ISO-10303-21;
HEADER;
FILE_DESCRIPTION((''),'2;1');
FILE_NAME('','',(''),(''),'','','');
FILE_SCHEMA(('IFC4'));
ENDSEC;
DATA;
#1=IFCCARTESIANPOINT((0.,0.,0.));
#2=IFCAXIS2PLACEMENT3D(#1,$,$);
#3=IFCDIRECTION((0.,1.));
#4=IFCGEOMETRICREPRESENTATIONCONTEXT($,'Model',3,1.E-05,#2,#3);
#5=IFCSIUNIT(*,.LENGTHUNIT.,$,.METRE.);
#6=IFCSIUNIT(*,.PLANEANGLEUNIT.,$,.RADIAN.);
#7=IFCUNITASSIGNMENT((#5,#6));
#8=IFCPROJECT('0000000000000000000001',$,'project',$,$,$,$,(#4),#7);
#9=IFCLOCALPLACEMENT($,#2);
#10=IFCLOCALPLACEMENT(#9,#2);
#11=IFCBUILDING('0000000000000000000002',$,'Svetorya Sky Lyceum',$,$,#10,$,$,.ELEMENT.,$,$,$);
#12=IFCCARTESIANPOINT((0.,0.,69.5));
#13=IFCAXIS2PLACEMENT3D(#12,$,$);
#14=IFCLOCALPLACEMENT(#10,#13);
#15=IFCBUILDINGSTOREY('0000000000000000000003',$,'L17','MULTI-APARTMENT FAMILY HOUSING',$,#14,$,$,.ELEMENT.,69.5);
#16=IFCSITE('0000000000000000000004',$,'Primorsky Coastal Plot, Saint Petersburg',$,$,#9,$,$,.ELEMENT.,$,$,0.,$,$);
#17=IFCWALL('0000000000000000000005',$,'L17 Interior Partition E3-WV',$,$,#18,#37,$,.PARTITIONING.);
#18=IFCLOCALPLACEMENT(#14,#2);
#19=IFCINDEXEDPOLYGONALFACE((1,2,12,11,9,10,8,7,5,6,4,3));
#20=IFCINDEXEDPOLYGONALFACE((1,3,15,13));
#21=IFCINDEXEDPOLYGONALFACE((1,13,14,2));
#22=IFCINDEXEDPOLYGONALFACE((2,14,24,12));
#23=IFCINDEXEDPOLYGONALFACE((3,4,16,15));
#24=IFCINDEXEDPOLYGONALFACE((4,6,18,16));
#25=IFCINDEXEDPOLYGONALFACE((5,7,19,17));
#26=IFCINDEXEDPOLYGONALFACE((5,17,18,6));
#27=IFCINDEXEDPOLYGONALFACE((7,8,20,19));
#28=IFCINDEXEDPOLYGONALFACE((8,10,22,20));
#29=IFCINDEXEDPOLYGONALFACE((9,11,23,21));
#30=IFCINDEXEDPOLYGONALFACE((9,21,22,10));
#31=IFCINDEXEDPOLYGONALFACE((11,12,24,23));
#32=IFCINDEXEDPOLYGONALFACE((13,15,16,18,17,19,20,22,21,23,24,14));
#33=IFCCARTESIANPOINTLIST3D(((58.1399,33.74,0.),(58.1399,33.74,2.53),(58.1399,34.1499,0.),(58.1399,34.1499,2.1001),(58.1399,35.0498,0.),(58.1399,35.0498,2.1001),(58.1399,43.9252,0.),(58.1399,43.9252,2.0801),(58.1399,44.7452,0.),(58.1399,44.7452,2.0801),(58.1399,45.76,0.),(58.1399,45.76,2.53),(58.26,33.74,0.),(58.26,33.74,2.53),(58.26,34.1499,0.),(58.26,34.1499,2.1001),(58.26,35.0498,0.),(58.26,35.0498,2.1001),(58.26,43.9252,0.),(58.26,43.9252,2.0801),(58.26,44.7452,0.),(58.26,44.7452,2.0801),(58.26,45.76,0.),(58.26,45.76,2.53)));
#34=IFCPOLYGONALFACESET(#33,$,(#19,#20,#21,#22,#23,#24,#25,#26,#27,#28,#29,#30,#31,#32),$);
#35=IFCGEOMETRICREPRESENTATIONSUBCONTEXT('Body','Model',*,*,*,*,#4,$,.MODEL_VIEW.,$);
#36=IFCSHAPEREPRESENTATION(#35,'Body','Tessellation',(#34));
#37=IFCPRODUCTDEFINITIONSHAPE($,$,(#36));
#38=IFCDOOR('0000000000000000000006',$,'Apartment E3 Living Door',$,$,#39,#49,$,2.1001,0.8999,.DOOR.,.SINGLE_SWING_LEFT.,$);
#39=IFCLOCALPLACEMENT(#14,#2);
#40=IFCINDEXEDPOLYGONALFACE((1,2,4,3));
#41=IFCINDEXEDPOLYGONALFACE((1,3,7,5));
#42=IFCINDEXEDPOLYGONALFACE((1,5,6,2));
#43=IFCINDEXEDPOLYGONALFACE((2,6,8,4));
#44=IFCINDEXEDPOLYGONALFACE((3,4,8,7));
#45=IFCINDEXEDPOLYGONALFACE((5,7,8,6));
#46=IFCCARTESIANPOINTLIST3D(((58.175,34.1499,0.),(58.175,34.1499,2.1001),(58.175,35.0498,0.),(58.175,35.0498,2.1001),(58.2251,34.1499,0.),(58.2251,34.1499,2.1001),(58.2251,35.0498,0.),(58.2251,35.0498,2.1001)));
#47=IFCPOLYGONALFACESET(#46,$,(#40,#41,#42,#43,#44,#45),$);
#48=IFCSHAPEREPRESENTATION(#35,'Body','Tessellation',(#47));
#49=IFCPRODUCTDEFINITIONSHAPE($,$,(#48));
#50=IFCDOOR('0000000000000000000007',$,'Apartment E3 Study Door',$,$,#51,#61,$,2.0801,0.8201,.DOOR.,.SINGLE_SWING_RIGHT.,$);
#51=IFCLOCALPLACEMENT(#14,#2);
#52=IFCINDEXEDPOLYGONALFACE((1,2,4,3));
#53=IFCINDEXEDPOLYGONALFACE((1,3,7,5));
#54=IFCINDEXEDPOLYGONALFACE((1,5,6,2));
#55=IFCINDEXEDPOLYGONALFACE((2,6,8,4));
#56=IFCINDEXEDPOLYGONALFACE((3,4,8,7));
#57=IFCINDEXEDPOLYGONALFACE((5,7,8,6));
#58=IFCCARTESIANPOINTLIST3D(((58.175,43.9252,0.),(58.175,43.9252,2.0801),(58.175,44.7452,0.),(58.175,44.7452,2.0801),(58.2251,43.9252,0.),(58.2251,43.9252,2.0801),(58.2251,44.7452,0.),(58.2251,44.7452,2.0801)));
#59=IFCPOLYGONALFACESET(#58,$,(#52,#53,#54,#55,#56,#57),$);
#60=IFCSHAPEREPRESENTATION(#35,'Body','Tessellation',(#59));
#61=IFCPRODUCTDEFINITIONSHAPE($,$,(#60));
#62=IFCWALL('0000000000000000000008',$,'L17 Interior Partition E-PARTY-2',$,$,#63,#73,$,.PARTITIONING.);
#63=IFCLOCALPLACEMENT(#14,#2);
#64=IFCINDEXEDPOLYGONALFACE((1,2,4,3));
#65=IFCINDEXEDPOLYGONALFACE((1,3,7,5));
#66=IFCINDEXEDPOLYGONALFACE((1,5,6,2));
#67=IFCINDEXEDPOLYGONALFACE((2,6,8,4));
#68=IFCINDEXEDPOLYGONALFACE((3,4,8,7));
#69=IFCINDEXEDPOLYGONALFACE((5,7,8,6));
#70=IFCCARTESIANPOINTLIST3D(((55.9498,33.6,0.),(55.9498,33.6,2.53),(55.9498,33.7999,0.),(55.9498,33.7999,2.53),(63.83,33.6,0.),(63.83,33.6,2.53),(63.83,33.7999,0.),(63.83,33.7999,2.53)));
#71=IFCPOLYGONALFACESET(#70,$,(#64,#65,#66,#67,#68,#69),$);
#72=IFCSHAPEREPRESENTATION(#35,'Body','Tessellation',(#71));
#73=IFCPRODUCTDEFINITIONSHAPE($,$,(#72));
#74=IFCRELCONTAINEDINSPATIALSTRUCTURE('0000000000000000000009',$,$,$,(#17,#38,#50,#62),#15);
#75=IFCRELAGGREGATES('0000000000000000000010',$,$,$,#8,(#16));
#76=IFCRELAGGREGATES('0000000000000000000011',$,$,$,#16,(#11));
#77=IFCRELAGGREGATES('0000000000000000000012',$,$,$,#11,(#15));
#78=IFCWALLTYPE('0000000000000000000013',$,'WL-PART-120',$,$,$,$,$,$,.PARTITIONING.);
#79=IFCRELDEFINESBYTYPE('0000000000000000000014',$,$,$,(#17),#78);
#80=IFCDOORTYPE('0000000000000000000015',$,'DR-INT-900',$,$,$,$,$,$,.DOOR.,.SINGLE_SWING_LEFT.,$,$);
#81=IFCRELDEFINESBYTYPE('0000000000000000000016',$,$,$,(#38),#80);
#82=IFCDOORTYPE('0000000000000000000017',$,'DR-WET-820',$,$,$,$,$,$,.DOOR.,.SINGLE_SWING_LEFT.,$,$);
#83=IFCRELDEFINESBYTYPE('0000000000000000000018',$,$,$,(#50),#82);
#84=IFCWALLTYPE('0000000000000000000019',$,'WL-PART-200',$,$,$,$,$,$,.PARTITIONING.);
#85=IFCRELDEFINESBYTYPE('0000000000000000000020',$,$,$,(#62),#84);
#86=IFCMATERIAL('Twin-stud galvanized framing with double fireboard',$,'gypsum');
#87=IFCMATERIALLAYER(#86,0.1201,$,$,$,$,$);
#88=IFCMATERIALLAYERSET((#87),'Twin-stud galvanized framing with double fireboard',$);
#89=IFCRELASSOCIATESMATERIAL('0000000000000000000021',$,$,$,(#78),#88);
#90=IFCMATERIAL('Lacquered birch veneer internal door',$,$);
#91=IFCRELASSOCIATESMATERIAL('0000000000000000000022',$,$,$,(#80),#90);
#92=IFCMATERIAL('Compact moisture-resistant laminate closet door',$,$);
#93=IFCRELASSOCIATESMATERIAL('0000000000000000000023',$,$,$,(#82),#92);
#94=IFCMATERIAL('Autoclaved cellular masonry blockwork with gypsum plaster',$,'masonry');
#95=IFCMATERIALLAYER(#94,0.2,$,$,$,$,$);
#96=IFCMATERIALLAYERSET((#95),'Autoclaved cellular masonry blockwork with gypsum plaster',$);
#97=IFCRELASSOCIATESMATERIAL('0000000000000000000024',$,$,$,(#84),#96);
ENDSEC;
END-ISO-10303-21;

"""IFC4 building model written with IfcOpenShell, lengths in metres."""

from ifc_helpers import new_model, si_unit, direction, frame, frame_2d, origin, place, context, subcontext, project, spatial, rectangle, extrude, material, layer, layer_set, type_object, element, fill, save


model = new_model("IFC4")

# Units and contexts
model_context = context("Model", 3, precision=1e-05, world=origin(), true_north=direction((0.0, 1.0)))
body_context = subcontext(model_context, "Body", "Model", "MODEL_VIEW")
ifc_project = project(units=[si_unit("LENGTHUNIT", "METRE"), si_unit("PLANEANGLEUNIT", "RADIAN")], contexts=[model_context])

# Site, building, storey
site_placement = place(None, origin())
site = spatial("IfcSite", under=ifc_project, at=site_placement, Name="Primorsky Coastal Plot, Saint Petersburg", CompositionType="ELEMENT", RefElevation=0.0)
building_placement = place(site_placement, origin())
building = spatial("IfcBuilding", under=site, at=building_placement, Name="Svetorya Sky Lyceum", CompositionType="ELEMENT")
storey_placement = place(building_placement, frame((0.0, 0.0, 69.5)))
storey = spatial("IfcBuildingStorey", under=building, at=storey_placement, Name="L17", Description="MULTI-APARTMENT FAMILY HOUSING", CompositionType="ELEMENT", Elevation=69.5)

# Shared definitions
ifc_material_1 = material(Name="Twin-stud galvanized framing with double fireboard", Category="gypsum")
ifc_layer_1 = layer(ifc_material_1, 0.1201)
ifc_layer_set_1 = layer_set([ifc_layer_1], Name="Twin-stud galvanized framing with double fireboard")
wall_type_1 = type_object("IfcWallType", Name="WL-PART-120", PredefinedType="PARTITIONING", material=ifc_layer_set_1)
ifc_material_2 = material(Name="Lacquered birch veneer internal door")
door_type_1 = type_object("IfcDoorType", Name="DR-INT-900", OperationType="SINGLE_SWING_LEFT", PredefinedType="DOOR", material=ifc_material_2)

# Wall, openings, doors
wall_1_placement = place(storey_placement, frame((58.2, 33.74, 0.0), z_axis=(0.0, 0.0, 1.0), x_axis=(0.0, 1.0, 0.0)))
wall_1 = element("IfcWall", 1, at=wall_1_placement, inside=storey, type_object=wall_type_1, Name="L17 Interior Partition E3-WV", PredefinedType="PARTITIONING", context=body_context, shape_type="SweptSolid", body=[
    extrude(rectangle(XDim=12.02, YDim=0.1201, at=frame_2d((6.01, 0.0))), origin(), (0.0, 0.0, 1.0), 2.53),
])
opening_1_placement = place(wall_1_placement, frame((0.4099, 0.0, 0.0)))
opening_1 = element("IfcOpeningElement", 2, at=opening_1_placement, cuts=wall_1, PredefinedType="OPENING", context=body_context, shape_type="SweptSolid", body=[
    extrude(rectangle(XDim=0.8999, YDim=2.1001, at=frame_2d((0.45, 1.05))), frame((0.0, 0.0701, 0.0), z_axis=(0.0, -1.0, 0.0), x_axis=(1.0, 0.0, 0.0)), (0.0, 0.0, 1.0), 0.1401),
])
opening_2_placement = place(wall_1_placement, frame((10.1851, 0.0, 0.0)))
opening_2 = element("IfcOpeningElement", 3, at=opening_2_placement, cuts=wall_1, PredefinedType="OPENING", context=body_context, shape_type="SweptSolid", body=[
    extrude(rectangle(XDim=0.8201, YDim=2.0801, at=frame_2d((0.4102, 1.04))), frame((0.0, 0.0701, 0.0), z_axis=(0.0, -1.0, 0.0), x_axis=(1.0, 0.0, 0.0)), (0.0, 0.0, 1.0), 0.1401),
])
door_1_placement = place(opening_1_placement, origin())
door_1 = element("IfcDoor", 4, at=door_1_placement, inside=storey, type_object=door_type_1, Name="Apartment E3 Living Door", OperationType="SINGLE_SWING_LEFT", OverallHeight=2.1001, OverallWidth=0.8999, PredefinedType="DOOR", context=body_context, shape_type="SweptSolid", body=[
    extrude(rectangle(XDim=0.8999, YDim=2.1001, at=frame_2d((0.45, 1.05))), frame((0.0, 0.0249, 0.0), z_axis=(0.0, -1.0, 0.0), x_axis=(1.0, 0.0, 0.0)), (0.0, 0.0, 1.0), 0.05),
])
fill(opening_1, door_1)
ifc_material_3 = material(Name="Compact moisture-resistant laminate closet door")
door_type_2 = type_object("IfcDoorType", Name="DR-WET-820", OperationType="SINGLE_SWING_LEFT", PredefinedType="DOOR", material=ifc_material_3)
door_2_placement = place(opening_2_placement, origin())
door_2 = element("IfcDoor", 5, at=door_2_placement, inside=storey, type_object=door_type_2, Name="Apartment E3 Study Door", OperationType="SINGLE_SWING_RIGHT", OverallHeight=2.0801, OverallWidth=0.8201, PredefinedType="DOOR", context=body_context, shape_type="SweptSolid", body=[
    extrude(rectangle(XDim=0.8201, YDim=2.0801, at=frame_2d((0.4102, 1.04))), frame((0.0, 0.0249, 0.0), z_axis=(0.0, -1.0, 0.0), x_axis=(1.0, 0.0, 0.0)), (0.0, 0.0, 1.0), 0.05),
])
fill(opening_2, door_2)

# Wall
ifc_material_4 = material(Name="Autoclaved cellular masonry blockwork with gypsum plaster", Category="masonry")
ifc_layer_2 = layer(ifc_material_4, 0.2)
ifc_layer_set_2 = layer_set([ifc_layer_2], Name="Autoclaved cellular masonry blockwork with gypsum plaster")
wall_type_2 = type_object("IfcWallType", Name="WL-PART-200", PredefinedType="PARTITIONING", material=ifc_layer_set_2)
wall_2_placement = place(storey_placement, frame((55.95, 33.7, 0.0), z_axis=(0.0, 0.0, 1.0), x_axis=(1.0, 0.0, 0.0)))
element("IfcWall", 6, at=wall_2_placement, inside=storey, type_object=wall_type_2, Name="L17 Interior Partition E-PARTY-2", PredefinedType="PARTITIONING", context=body_context, shape_type="SweptSolid", body=[
    extrude(rectangle(XDim=7.8801, YDim=0.2, at=frame_2d((3.9399, 0.0))), origin(), (0.0, 0.0, 1.0), 2.53),
])

save(model, "model.ifc")
